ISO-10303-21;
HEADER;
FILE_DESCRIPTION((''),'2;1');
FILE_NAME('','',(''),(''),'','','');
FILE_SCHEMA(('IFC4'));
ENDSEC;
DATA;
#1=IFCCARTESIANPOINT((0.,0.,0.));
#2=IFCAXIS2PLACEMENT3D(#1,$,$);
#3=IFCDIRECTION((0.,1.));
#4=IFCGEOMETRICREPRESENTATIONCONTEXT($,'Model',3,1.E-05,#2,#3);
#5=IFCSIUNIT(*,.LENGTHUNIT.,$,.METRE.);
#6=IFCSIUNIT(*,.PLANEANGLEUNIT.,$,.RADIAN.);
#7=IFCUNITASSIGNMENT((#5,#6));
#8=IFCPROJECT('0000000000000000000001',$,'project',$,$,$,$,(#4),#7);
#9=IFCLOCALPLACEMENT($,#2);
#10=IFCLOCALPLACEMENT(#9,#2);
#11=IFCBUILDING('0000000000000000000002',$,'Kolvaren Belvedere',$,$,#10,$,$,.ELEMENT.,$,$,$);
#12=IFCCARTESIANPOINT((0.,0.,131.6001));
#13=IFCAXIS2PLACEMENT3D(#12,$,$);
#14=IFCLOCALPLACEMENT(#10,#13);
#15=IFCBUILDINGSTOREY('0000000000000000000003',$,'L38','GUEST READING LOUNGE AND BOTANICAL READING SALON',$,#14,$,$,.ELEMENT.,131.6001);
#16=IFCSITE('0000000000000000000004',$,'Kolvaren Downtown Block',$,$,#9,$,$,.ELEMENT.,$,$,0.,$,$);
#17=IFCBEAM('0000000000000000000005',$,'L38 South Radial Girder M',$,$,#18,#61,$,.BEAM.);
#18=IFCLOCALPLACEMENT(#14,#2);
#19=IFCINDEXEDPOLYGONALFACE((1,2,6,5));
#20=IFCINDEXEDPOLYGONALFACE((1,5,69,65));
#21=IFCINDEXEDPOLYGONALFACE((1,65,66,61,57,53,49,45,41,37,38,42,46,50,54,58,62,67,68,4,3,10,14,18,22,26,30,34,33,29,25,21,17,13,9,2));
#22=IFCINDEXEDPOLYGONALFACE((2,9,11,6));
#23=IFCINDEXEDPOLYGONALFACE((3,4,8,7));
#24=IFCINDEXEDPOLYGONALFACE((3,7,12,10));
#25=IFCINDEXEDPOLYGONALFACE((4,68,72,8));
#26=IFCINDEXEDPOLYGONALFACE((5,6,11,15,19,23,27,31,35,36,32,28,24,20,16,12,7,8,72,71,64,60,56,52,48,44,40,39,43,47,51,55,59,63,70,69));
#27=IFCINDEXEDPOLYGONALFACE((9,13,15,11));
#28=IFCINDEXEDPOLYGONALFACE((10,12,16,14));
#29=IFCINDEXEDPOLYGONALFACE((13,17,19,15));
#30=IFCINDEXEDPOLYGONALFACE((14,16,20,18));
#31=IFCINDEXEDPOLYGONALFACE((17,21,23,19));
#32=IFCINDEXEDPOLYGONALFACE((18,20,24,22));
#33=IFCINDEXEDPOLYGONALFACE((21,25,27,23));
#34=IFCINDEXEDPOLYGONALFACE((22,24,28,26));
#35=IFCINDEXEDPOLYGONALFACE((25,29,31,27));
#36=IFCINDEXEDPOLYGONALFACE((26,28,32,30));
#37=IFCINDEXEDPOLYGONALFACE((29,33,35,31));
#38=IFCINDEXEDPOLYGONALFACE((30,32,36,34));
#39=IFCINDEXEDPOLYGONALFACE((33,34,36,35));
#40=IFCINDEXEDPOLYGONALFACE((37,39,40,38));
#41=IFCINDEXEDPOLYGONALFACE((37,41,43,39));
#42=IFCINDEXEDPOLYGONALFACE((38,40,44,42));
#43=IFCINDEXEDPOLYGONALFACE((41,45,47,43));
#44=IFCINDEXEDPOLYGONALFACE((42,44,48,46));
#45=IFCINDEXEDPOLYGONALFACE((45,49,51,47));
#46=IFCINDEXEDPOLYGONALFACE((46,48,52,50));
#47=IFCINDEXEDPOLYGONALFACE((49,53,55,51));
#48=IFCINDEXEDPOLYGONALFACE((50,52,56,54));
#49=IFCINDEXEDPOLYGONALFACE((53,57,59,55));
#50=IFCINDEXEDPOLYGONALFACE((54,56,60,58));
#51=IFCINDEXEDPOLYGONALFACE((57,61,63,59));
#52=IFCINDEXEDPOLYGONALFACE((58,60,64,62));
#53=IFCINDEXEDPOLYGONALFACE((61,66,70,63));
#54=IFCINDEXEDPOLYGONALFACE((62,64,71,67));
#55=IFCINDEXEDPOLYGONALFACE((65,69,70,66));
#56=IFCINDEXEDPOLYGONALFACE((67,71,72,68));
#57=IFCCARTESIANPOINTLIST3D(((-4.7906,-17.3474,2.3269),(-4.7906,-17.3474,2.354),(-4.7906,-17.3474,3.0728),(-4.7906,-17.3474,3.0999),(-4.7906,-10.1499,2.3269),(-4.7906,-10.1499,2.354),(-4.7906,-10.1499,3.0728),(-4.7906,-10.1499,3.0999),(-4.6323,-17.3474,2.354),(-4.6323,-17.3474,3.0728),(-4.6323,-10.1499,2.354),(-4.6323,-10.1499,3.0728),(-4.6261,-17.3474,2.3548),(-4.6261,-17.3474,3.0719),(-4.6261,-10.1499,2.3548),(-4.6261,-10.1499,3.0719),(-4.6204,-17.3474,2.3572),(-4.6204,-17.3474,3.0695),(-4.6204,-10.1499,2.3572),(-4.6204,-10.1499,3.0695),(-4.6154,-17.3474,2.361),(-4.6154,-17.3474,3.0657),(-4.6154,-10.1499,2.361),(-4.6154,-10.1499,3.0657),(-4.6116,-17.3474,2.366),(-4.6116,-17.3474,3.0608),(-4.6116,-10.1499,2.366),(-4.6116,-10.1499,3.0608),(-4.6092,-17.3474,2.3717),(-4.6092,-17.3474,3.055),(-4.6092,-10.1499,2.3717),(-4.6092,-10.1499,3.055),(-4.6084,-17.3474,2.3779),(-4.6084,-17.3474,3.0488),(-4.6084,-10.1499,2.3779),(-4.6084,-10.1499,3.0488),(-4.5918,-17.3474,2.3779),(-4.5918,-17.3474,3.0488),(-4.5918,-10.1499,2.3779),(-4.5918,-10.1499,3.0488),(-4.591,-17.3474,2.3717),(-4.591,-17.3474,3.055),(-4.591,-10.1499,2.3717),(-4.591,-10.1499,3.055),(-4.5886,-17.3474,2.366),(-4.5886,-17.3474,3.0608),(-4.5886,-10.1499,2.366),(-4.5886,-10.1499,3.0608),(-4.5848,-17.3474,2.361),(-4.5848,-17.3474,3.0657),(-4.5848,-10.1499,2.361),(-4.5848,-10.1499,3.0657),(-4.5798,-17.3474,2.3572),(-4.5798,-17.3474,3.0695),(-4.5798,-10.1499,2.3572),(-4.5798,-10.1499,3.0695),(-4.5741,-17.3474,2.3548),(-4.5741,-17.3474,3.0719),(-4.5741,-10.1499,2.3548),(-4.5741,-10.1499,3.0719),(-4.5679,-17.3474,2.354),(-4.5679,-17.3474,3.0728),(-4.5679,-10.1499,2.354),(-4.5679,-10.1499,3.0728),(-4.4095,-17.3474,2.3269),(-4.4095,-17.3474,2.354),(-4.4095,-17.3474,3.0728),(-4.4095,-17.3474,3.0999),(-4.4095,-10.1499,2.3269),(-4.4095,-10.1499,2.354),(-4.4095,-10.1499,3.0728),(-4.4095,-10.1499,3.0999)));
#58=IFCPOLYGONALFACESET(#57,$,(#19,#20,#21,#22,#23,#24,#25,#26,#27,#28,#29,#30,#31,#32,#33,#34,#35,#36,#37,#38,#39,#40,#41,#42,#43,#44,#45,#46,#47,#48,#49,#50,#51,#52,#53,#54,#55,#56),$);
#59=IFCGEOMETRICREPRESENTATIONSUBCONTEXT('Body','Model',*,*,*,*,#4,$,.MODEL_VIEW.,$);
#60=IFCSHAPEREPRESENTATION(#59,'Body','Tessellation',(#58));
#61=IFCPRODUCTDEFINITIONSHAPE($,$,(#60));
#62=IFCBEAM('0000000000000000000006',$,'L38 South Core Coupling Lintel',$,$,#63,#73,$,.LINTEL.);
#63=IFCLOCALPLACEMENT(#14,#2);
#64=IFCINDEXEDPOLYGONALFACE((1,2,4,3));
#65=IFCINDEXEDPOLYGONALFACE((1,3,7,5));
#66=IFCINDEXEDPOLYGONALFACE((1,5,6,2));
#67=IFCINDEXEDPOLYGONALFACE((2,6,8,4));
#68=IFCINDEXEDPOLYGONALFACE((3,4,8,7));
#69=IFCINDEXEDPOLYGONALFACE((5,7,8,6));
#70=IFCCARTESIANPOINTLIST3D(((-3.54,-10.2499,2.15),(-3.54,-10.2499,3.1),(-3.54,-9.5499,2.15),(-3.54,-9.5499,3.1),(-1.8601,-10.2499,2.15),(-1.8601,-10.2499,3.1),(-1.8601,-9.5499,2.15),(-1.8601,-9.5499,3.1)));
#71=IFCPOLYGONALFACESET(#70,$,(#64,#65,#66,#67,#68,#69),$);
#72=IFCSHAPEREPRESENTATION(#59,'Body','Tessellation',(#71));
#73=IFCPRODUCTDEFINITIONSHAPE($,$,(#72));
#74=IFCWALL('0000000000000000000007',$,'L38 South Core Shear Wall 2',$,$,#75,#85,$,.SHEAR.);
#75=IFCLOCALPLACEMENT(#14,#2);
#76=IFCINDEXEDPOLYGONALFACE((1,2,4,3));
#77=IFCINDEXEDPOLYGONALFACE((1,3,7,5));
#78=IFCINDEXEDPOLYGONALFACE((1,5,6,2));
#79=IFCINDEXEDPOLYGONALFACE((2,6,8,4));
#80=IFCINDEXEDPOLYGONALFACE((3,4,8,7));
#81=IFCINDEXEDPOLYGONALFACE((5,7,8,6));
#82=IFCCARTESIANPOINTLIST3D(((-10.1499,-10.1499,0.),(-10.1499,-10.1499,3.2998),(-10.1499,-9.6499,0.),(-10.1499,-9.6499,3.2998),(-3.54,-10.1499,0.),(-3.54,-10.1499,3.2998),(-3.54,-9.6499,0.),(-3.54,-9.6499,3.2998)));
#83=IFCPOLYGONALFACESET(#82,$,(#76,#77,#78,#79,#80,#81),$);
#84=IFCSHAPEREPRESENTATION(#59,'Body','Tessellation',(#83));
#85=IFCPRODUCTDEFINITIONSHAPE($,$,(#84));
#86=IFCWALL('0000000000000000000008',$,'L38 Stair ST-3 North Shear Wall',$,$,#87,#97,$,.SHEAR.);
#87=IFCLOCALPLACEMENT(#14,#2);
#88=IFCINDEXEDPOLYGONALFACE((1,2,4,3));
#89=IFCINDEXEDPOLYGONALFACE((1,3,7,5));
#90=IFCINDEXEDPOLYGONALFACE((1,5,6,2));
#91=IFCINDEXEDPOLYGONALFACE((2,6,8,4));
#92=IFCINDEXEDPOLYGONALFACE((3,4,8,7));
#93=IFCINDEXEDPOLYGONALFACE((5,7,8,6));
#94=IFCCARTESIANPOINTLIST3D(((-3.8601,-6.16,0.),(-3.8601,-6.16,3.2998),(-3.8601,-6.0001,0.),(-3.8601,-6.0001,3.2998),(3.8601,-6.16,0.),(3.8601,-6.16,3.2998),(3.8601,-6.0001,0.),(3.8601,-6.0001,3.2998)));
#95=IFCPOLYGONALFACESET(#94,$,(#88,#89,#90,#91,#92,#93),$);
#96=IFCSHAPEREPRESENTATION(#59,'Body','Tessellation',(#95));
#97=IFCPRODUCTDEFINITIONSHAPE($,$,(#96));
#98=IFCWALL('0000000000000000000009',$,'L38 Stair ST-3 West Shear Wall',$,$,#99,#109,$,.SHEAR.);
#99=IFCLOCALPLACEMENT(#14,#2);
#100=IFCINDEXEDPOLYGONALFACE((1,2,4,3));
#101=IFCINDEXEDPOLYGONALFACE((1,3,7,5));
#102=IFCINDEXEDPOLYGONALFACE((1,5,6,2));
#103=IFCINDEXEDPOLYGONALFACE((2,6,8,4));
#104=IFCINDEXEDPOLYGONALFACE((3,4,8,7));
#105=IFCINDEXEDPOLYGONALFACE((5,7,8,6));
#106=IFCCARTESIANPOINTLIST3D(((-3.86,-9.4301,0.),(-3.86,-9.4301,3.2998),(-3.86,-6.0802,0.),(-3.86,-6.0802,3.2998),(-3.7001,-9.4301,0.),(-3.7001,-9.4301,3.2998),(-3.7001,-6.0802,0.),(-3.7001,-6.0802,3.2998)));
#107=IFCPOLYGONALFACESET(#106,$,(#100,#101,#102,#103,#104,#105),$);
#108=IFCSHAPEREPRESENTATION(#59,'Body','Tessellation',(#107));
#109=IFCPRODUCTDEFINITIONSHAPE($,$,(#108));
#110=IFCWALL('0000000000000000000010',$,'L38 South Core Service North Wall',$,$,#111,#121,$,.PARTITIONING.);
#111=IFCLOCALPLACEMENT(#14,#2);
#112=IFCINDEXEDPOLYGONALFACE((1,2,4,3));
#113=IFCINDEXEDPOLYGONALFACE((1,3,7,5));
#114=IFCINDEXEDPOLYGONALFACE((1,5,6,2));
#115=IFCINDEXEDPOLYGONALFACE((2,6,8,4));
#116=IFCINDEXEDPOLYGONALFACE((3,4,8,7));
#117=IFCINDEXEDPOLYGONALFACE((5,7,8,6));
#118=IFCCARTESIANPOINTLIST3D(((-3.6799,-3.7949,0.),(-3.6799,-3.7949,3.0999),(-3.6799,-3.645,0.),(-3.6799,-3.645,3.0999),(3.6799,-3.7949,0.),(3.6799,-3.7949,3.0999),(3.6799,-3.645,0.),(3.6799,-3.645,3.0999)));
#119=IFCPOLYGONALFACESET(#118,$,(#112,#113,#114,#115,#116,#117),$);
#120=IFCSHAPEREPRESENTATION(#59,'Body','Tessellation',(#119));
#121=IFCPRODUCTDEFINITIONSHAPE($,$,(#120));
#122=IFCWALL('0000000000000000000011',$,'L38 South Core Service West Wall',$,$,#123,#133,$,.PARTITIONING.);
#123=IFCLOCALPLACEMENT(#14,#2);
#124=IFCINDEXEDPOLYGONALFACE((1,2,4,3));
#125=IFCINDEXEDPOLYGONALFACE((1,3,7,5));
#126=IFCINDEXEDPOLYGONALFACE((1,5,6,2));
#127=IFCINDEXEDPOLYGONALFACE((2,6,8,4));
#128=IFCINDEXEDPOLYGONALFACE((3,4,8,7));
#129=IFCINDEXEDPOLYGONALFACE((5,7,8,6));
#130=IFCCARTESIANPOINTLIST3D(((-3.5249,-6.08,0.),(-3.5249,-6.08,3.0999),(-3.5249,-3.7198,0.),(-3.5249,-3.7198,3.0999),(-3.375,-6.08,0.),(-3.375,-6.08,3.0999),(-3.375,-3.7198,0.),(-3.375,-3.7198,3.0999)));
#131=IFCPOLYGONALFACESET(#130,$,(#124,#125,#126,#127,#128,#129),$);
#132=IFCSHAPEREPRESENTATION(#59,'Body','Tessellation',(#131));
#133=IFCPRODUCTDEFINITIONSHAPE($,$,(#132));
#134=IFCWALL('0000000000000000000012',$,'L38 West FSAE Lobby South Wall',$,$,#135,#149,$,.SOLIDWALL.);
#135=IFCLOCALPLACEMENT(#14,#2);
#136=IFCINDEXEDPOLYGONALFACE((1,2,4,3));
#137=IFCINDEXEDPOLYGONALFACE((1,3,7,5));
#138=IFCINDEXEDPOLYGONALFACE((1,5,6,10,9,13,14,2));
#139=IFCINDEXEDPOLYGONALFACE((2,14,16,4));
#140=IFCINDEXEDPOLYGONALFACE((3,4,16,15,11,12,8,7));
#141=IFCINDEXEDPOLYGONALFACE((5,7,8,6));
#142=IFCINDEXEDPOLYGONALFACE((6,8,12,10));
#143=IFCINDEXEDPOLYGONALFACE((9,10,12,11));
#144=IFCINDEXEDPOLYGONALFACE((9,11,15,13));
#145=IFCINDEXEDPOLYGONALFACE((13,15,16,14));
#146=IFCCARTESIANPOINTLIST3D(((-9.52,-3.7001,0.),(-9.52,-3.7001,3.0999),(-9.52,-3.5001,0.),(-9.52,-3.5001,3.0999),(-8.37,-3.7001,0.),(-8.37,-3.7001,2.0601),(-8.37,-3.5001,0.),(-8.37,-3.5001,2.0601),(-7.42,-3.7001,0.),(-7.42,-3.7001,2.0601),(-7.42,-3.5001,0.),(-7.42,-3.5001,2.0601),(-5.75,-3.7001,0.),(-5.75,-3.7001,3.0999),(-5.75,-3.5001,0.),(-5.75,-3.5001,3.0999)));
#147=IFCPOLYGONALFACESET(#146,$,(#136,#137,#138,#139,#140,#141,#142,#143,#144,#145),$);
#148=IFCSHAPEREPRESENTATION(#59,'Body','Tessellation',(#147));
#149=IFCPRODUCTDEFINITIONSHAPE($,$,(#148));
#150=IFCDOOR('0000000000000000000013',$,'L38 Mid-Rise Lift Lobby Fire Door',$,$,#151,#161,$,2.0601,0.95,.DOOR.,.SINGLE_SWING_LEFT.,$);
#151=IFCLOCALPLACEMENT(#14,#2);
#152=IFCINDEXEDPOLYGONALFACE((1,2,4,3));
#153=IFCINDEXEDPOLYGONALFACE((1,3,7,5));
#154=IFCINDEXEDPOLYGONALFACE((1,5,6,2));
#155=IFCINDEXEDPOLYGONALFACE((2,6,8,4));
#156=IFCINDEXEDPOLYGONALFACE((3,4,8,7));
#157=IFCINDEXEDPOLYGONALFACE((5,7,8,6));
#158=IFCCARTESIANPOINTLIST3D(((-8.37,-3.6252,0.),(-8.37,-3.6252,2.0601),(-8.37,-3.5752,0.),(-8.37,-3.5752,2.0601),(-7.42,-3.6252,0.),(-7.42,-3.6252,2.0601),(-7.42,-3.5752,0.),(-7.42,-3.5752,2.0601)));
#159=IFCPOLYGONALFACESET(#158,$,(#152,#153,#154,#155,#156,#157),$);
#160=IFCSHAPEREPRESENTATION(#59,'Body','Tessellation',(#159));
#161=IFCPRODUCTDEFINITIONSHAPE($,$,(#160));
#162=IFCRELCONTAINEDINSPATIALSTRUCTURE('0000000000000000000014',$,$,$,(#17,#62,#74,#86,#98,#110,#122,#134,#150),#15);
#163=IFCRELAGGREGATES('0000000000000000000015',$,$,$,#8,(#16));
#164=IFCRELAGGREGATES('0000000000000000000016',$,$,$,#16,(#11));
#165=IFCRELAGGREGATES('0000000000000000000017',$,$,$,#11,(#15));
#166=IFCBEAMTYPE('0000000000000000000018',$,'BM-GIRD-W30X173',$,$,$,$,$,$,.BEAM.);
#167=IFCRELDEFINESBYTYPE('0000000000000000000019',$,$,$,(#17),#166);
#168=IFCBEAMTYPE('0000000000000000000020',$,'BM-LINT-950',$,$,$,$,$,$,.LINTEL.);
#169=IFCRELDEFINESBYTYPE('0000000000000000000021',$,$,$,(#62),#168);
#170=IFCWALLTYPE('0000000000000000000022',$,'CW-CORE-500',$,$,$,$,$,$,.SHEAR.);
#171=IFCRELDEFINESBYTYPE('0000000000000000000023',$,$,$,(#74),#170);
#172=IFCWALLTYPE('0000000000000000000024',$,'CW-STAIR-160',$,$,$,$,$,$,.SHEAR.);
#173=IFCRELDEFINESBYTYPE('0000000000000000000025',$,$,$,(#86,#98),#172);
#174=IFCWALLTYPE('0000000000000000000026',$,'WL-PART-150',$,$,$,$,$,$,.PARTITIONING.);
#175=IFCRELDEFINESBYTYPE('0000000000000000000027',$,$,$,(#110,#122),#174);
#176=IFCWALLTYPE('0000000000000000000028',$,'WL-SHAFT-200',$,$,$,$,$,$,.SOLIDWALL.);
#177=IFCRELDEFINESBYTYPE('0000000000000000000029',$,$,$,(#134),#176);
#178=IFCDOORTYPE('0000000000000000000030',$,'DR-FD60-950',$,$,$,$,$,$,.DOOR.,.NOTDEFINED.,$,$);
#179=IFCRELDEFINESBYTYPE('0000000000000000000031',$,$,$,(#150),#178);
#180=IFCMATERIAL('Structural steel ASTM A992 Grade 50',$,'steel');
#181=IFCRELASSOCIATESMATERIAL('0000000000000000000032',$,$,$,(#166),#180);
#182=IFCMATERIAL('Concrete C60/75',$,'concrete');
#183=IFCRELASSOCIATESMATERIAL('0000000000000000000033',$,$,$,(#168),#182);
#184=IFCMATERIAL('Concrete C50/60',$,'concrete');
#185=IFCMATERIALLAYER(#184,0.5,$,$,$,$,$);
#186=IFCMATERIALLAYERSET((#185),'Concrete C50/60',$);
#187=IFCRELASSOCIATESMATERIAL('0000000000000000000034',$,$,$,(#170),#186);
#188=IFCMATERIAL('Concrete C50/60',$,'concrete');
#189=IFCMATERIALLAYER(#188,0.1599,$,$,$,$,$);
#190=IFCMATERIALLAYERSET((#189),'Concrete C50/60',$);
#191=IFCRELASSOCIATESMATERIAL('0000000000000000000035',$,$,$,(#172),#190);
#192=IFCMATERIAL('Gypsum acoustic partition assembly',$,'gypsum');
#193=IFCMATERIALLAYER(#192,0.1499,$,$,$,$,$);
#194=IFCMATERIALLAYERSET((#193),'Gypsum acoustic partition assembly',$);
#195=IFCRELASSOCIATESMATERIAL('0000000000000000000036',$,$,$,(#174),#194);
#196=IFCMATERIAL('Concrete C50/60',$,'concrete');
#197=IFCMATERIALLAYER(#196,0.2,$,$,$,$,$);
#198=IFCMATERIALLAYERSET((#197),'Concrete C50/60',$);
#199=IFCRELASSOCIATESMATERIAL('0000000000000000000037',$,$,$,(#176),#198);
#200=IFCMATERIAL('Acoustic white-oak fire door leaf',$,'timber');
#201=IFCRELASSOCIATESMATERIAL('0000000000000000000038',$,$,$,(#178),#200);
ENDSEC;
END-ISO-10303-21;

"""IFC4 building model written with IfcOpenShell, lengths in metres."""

from ifc_helpers import new_model, si_unit, direction, frame, frame_2d, origin, origin_2d, place, context, subcontext, project, spatial, rectangle, i_section, extrude, material, layer, layer_set, material_profile, profile_set, type_object, element, fill, save


model = new_model("IFC4")

# Units and contexts
model_context = context("Model", 3, precision=1e-05, world=origin(), true_north=direction((0.0, 1.0)))
body_context = subcontext(model_context, "Body", "Model", "MODEL_VIEW")
ifc_project = project(units=[si_unit("LENGTHUNIT", "METRE"), si_unit("PLANEANGLEUNIT", "RADIAN")], contexts=[model_context])

# Site, building, storey
site_placement = place(None, origin())
site = spatial("IfcSite", under=ifc_project, at=site_placement, Name="Kolvaren Downtown Block", CompositionType="ELEMENT", RefElevation=0.0)
building_placement = place(site_placement, origin())
building = spatial("IfcBuilding", under=site, at=building_placement, Name="Kolvaren Belvedere", CompositionType="ELEMENT")
storey_placement = place(building_placement, frame((0.0, 0.0, 131.6001)))
storey = spatial("IfcBuildingStorey", under=building, at=storey_placement, Name="L38", Description="GUEST READING LOUNGE AND BOTANICAL READING SALON", CompositionType="ELEMENT", Elevation=131.6001)

# Beams
ifc_material_1 = material(Name="Structural steel ASTM A992 Grade 50", Category="steel")
ifc_material_profile_1 = material_profile(ifc_material_1, i_section(OverallWidth=0.3811, OverallDepth=0.7729, WebThickness=0.0166, FlangeThickness=0.0271, FilletRadius=0.0239, at=origin_2d()), Name="W30X173")
ifc_profile_set_1 = profile_set([ifc_material_profile_1], Name="Structural steel ASTM A992 Grade 50")
beam_type_1 = type_object("IfcBeamType", Name="BM-GIRD-W30X173", PredefinedType="BEAM", material=ifc_profile_set_1)
beam_1_placement = place(storey_placement, frame((-4.6001, -10.1499, 2.7134), z_axis=(0.0, -1.0, 0.0), x_axis=(1.0, 0.0, 0.0)))
element("IfcBeam", 1, at=beam_1_placement, inside=storey, type_object=beam_type_1, Name="L38 South Radial Girder M", PredefinedType="BEAM", context=body_context, shape_type="SweptSolid", body=[
    extrude(i_section(OverallWidth=0.3811, OverallDepth=0.7729, WebThickness=0.0166, FlangeThickness=0.0271, FilletRadius=0.0239, at=origin_2d()), origin(), (0.0, 0.0, 1.0), 7.1975),
])
ifc_material_2 = material(Name="Concrete C60/75", Category="concrete")
ifc_material_profile_2 = material_profile(ifc_material_2, rectangle(XDim=0.7, YDim=0.95, at=origin_2d()), Name="RC 700X950")
ifc_profile_set_2 = profile_set([ifc_material_profile_2], Name="Concrete C60/75")
beam_type_2 = type_object("IfcBeamType", Name="BM-LINT-950", PredefinedType="LINTEL", material=ifc_profile_set_2)
beam_2_placement = place(storey_placement, frame((-3.54, -9.8999, 2.625), z_axis=(1.0, 0.0, 0.0), x_axis=(0.0, 1.0, 0.0)))
element("IfcBeam", 2, at=beam_2_placement, inside=storey, type_object=beam_type_2, Name="L38 South Core Coupling Lintel", PredefinedType="LINTEL", context=body_context, shape_type="SweptSolid", body=[
    extrude(rectangle(XDim=0.7, YDim=0.95, at=origin_2d()), origin(), (0.0, 0.0, 1.0), 1.6799),
])

# Walls
ifc_material_3 = material(Name="Concrete C50/60", Category="concrete")
ifc_layer_1 = layer(ifc_material_3, 0.5)
ifc_layer_set_1 = layer_set([ifc_layer_1], Name="Concrete C50/60")
wall_type_1 = type_object("IfcWallType", Name="CW-CORE-500", PredefinedType="SHEAR", material=ifc_layer_set_1)
wall_1_placement = place(storey_placement, frame((-3.54, -9.8999, 0.0), z_axis=(0.0, 0.0, 1.0), x_axis=(-1.0, 0.0, 0.0)))
element("IfcWall", 3, at=wall_1_placement, inside=storey, type_object=wall_type_1, Name="L38 South Core Shear Wall 2", PredefinedType="SHEAR", context=body_context, shape_type="SweptSolid", body=[
    extrude(rectangle(XDim=6.6099, YDim=0.5, at=frame_2d((3.3049, 0.0))), origin(), (0.0, 0.0, 1.0), 3.2998),
])
ifc_material_4 = material(Name="Concrete C50/60", Category="concrete")
ifc_layer_2 = layer(ifc_material_4, 0.1599)
ifc_layer_set_2 = layer_set([ifc_layer_2], Name="Concrete C50/60")
wall_type_2 = type_object("IfcWallType", Name="CW-STAIR-160", PredefinedType="SHEAR", material=ifc_layer_set_2)
wall_2_placement = place(storey_placement, frame((-3.8601, -6.0801, 0.0), z_axis=(0.0, 0.0, 1.0), x_axis=(1.0, 0.0, 0.0)))
element("IfcWall", 4, at=wall_2_placement, inside=storey, type_object=wall_type_2, Name="L38 Stair ST-3 North Shear Wall", PredefinedType="SHEAR", context=body_context, shape_type="SweptSolid", body=[
    extrude(rectangle(XDim=7.7202, YDim=0.1599, at=frame_2d((3.8601, 0.0))), origin(), (0.0, 0.0, 1.0), 3.2998),
])
wall_3_placement = place(storey_placement, frame((-3.78, -9.4299, 0.0), z_axis=(0.0, 0.0, 1.0), x_axis=(0.0, 1.0, 0.0)))
element("IfcWall", 5, at=wall_3_placement, inside=storey, type_object=wall_type_2, Name="L38 Stair ST-3 West Shear Wall", PredefinedType="SHEAR", context=body_context, shape_type="SweptSolid", body=[
    extrude(rectangle(XDim=3.3499, YDim=0.1599, at=frame_2d((1.6748, 0.0))), origin(), (0.0, 0.0, 1.0), 3.2998),
])
ifc_material_5 = material(Name="Gypsum acoustic partition assembly", Category="gypsum")
ifc_layer_3 = layer(ifc_material_5, 0.1499)
ifc_layer_set_3 = layer_set([ifc_layer_3], Name="Gypsum acoustic partition assembly")
wall_type_3 = type_object("IfcWallType", Name="WL-PART-150", PredefinedType="PARTITIONING", material=ifc_layer_set_3)
wall_4_placement = place(storey_placement, frame((-3.6799, -3.72, 0.0), z_axis=(0.0, 0.0, 1.0), x_axis=(1.0, 0.0, 0.0)))
element("IfcWall", 6, at=wall_4_placement, inside=storey, type_object=wall_type_3, Name="L38 South Core Service North Wall", PredefinedType="PARTITIONING", context=body_context, shape_type="SweptSolid", body=[
    extrude(rectangle(XDim=7.3599, YDim=0.1499, at=frame_2d((3.6799, 0.0))), origin(), (0.0, 0.0, 1.0), 3.0999),
])
wall_5_placement = place(storey_placement, frame((-3.45, -6.0801, 0.0), z_axis=(0.0, 0.0, 1.0), x_axis=(0.0, 1.0, 0.0)))
element("IfcWall", 7, at=wall_5_placement, inside=storey, type_object=wall_type_3, Name="L38 South Core Service West Wall", PredefinedType="PARTITIONING", context=body_context, shape_type="SweptSolid", body=[
    extrude(rectangle(XDim=2.3601, YDim=0.1499, at=frame_2d((1.1802, 0.0))), origin(), (0.0, 0.0, 1.0), 3.0999),
])

# Wall, opening, door
ifc_material_6 = material(Name="Concrete C50/60", Category="concrete")
ifc_layer_4 = layer(ifc_material_6, 0.2)
ifc_layer_set_4 = layer_set([ifc_layer_4], Name="Concrete C50/60")
wall_type_4 = type_object("IfcWallType", Name="WL-SHAFT-200", PredefinedType="SOLIDWALL", material=ifc_layer_set_4)
wall_6_placement = place(storey_placement, frame((-9.52, -3.6001, 0.0), z_axis=(0.0, 0.0, 1.0), x_axis=(1.0, 0.0, 0.0)))
wall_6 = element("IfcWall", 8, at=wall_6_placement, inside=storey, type_object=wall_type_4, Name="L38 West FSAE Lobby South Wall", PredefinedType="SOLIDWALL", context=body_context, shape_type="SweptSolid", body=[
    extrude(rectangle(XDim=3.77, YDim=0.2, at=frame_2d((1.885, 0.0))), origin(), (0.0, 0.0, 1.0), 3.0999),
])
opening_1_placement = place(wall_6_placement, frame((1.1499, 0.0, 0.0)))
opening_1 = element("IfcOpeningElement", 9, at=opening_1_placement, cuts=wall_6, PredefinedType="OPENING", context=body_context, shape_type="SweptSolid", body=[
    extrude(rectangle(XDim=0.95, YDim=2.0601, at=frame_2d((0.4751, 1.03))), frame((0.0, 0.1099, 0.0), z_axis=(0.0, -1.0, 0.0), x_axis=(1.0, 0.0, 0.0)), (0.0, 0.0, 1.0), 0.22),
])
ifc_material_7 = material(Name="Acoustic white-oak fire door leaf", Category="timber")
door_type_1 = type_object("IfcDoorType", Name="DR-FD60-950", OperationType="NOTDEFINED", PredefinedType="DOOR", material=ifc_material_7)
door_1_placement = place(opening_1_placement, origin())
door_1 = element("IfcDoor", 10, at=door_1_placement, inside=storey, type_object=door_type_1, Name="L38 Mid-Rise Lift Lobby Fire Door", OperationType="SINGLE_SWING_LEFT", OverallHeight=2.0601, OverallWidth=0.95, PredefinedType="DOOR", context=body_context, shape_type="SweptSolid", body=[
    extrude(rectangle(XDim=0.95, YDim=2.0601, at=frame_2d((0.4751, 1.03))), frame((0.0, 0.0249, 0.0), z_axis=(0.0, -1.0, 0.0), x_axis=(1.0, 0.0, 0.0)), (0.0, 0.0, 1.0), 0.05),
])
fill(opening_1, door_1)

save(model, "model.ifc")
